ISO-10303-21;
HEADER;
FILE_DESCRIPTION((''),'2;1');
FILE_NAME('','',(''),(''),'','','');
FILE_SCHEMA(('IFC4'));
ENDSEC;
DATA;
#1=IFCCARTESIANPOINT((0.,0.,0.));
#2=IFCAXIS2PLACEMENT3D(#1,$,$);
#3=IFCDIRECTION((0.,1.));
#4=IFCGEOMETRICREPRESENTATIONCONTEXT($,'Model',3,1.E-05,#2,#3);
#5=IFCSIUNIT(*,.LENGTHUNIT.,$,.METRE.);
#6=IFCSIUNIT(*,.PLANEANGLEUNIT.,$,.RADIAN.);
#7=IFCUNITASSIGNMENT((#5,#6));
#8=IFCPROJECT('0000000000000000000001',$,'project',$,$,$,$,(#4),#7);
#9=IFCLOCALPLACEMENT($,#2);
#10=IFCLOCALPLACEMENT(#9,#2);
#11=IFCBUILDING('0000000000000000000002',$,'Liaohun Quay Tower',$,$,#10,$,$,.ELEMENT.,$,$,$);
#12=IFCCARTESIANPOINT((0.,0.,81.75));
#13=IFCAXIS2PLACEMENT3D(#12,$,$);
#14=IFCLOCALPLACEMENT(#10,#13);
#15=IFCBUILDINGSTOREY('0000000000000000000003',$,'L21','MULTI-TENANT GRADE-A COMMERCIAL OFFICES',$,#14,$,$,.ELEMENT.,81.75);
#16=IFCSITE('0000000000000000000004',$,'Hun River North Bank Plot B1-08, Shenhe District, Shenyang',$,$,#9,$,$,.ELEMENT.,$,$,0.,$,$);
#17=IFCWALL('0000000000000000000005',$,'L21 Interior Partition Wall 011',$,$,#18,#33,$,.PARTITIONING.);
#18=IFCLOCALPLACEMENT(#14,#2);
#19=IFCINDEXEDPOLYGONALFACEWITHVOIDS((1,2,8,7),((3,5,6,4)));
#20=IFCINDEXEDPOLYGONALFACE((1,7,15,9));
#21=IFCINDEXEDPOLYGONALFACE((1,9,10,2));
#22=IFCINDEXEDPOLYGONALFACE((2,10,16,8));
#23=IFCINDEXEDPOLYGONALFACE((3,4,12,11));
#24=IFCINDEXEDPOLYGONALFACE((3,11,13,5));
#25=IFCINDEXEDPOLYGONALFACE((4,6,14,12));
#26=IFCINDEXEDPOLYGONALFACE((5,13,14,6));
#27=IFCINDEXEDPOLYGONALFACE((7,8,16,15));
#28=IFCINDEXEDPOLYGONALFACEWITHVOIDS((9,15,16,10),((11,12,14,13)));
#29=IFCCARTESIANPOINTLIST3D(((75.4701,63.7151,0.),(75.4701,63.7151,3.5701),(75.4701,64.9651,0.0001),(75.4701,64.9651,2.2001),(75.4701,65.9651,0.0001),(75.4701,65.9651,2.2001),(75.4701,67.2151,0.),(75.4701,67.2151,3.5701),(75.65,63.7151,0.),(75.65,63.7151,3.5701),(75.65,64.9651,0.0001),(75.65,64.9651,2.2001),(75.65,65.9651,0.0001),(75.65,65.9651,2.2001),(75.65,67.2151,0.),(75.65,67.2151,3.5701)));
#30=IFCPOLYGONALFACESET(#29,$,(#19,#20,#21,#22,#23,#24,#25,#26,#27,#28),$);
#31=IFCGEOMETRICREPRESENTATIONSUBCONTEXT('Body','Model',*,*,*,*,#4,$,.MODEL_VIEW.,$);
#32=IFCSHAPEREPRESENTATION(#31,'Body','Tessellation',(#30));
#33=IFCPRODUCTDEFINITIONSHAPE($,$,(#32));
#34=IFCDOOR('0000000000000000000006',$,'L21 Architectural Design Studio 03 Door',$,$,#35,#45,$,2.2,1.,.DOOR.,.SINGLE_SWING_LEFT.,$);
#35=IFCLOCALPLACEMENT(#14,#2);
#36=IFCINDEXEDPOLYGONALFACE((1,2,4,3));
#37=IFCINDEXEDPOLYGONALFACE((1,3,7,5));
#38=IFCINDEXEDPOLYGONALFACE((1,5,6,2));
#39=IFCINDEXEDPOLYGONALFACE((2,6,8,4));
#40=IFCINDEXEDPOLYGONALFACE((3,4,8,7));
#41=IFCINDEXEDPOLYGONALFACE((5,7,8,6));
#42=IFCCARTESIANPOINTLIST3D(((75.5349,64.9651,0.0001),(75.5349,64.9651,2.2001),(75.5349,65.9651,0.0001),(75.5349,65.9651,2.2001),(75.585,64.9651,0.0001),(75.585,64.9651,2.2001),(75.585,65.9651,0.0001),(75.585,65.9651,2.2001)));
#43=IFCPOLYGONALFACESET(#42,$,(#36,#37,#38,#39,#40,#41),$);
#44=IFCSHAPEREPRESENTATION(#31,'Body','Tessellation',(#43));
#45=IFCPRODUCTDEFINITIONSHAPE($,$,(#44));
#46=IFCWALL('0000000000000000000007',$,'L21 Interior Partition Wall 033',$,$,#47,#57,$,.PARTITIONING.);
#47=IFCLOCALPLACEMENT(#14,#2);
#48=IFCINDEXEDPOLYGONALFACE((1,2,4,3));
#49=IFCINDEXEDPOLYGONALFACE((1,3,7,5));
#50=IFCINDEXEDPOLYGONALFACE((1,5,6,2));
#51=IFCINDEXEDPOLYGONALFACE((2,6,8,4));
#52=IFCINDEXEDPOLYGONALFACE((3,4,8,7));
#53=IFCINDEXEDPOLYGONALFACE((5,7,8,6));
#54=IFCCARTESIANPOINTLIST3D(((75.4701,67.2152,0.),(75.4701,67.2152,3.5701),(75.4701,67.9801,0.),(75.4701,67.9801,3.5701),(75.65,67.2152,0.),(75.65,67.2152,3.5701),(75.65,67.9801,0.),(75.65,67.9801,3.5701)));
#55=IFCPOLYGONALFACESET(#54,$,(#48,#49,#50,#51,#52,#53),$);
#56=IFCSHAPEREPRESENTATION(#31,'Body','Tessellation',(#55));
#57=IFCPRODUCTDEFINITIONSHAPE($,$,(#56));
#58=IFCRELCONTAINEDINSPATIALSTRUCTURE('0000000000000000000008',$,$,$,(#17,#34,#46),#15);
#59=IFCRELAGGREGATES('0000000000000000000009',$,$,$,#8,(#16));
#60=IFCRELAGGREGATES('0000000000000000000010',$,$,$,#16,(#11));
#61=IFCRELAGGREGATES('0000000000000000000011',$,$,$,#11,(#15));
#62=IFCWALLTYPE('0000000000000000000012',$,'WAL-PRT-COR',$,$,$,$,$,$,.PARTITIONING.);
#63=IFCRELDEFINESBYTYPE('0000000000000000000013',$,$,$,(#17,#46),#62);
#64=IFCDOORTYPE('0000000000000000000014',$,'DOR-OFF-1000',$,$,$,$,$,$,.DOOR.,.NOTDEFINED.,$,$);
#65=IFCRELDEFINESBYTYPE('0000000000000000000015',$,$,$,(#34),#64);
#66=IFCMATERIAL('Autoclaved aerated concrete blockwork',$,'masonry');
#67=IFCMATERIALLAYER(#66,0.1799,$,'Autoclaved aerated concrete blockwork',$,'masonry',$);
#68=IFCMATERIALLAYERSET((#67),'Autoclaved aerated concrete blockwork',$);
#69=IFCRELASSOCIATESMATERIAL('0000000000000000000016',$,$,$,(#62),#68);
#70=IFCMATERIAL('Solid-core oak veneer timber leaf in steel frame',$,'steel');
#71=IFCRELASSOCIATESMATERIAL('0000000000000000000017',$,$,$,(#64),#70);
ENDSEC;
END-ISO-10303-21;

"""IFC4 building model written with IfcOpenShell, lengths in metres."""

from ifc_helpers import new_model, si_unit, direction, frame, frame_2d, origin, place, context, subcontext, project, spatial, rectangle, extrude, source, transform, mapped, material, layer, layer_set, type_object, element, fill, save


model = new_model("IFC4")

# Units and contexts
model_context = context("Model", 3, precision=1e-05, world=origin(), true_north=direction((0.0, 1.0)))
body_context = subcontext(model_context, "Body", "Model", "MODEL_VIEW")
ifc_project = project(units=[si_unit("LENGTHUNIT", "METRE"), si_unit("PLANEANGLEUNIT", "RADIAN")], contexts=[model_context])

# Site, building, storey
site_placement = place(None, origin())
site = spatial("IfcSite", under=ifc_project, at=site_placement, Name="Hun River North Bank Plot B1-08, Shenhe District, Shenyang", CompositionType="ELEMENT", RefElevation=0.0)
building_placement = place(site_placement, origin())
building = spatial("IfcBuilding", under=site, at=building_placement, Name="Liaohun Quay Tower", CompositionType="ELEMENT")
storey_placement = place(building_placement, frame((0.0, 0.0, 81.75)))
storey = spatial("IfcBuildingStorey", under=building, at=storey_placement, Name="L21", Description="MULTI-TENANT GRADE-A COMMERCIAL OFFICES", CompositionType="ELEMENT", Elevation=81.75)

# Wall, opening, door
ifc_material_1 = material(Name="Autoclaved aerated concrete blockwork", Category="masonry")
ifc_layer_1 = layer(ifc_material_1, 0.1799, Name="Autoclaved aerated concrete blockwork", Category="masonry")
ifc_layer_set_1 = layer_set([ifc_layer_1], Name="Autoclaved aerated concrete blockwork")
wall_type_1 = type_object("IfcWallType", Name="WAL-PRT-COR", PredefinedType="PARTITIONING", material=ifc_layer_set_1)
shared_shape_1 = source(origin(), body_context, "Body", "SweptSolid", [
    extrude(rectangle(XDim=1.0, YDim=2.2, at=frame_2d((0.5, 1.1001))), frame((0.0, 0.0999, 0.0), z_axis=(0.0, -1.0, 0.0), x_axis=(1.0, 0.0, 0.0)), (0.0, 0.0, 1.0), 0.2),
])
ifc_material_2 = material(Name="Solid-core oak veneer timber leaf in steel frame", Category="steel")
door_type = type_object("IfcDoorType", Name="DOR-OFF-1000", OperationType="NOTDEFINED", PredefinedType="DOOR", material=ifc_material_2)
shared_shape_2 = source(origin(), body_context, "Body", "SweptSolid", [
    extrude(rectangle(XDim=1.0, YDim=2.2, at=frame_2d((0.5, 1.1001))), frame((0.0, 0.0249, 0.0), z_axis=(0.0, -1.0, 0.0), x_axis=(1.0, 0.0, 0.0)), (0.0, 0.0, 1.0), 0.05),
])
wall_1_placement = place(storey_placement, frame((75.5601, 67.2151, 0.0), z_axis=(0.0, 0.0, 1.0), x_axis=(0.0, -1.0, 0.0)))
wall_1 = element("IfcWall", 1, at=wall_1_placement, inside=storey, type_object=wall_type_1, Name="L21 Interior Partition Wall 011", PredefinedType="PARTITIONING", context=body_context, shape_type="SweptSolid", body=[
    extrude(rectangle(XDim=3.5, YDim=0.1799, at=frame_2d((1.75, 0.0))), origin(), (0.0, 0.0, 1.0), 3.5701),
])
opening_1_placement = place(wall_1_placement, frame((1.25, 0.0, 0.0)))
opening_1 = element("IfcOpeningElement", 2, at=opening_1_placement, cuts=wall_1, PredefinedType="OPENING", context=body_context, shape_type="MappedRepresentation", body=[
    mapped(shared_shape_1, transform((0.0, 0.0, 0.0), x_axis=(1.0, 0.0, 0.0), y_axis=(0.0, 1.0, 0.0), z_axis=(0.0, 0.0, 1.0), scale=1.0)),
])
door_1_placement = place(opening_1_placement, origin())
door_1 = element("IfcDoor", 3, at=door_1_placement, inside=storey, type_object=door_type, Name="L21 Architectural Design Studio 03 Door", OperationType="SINGLE_SWING_LEFT", OverallHeight=2.2, OverallWidth=1.0, PredefinedType="DOOR", context=body_context, shape_type="MappedRepresentation", body=[
    mapped(shared_shape_2, transform((0.0, 0.0, 0.0), x_axis=(1.0, 0.0, 0.0), y_axis=(0.0, 1.0, 0.0), z_axis=(0.0, 0.0, 1.0), scale=1.0)),
])
fill(opening_1, door_1)

# Wall
wall_2_placement = place(storey_placement, frame((75.5601, 67.98, 0.0), z_axis=(0.0, 0.0, 1.0), x_axis=(0.0, -1.0, 0.0)))
element("IfcWall", 4, at=wall_2_placement, inside=storey, type_object=wall_type_1, Name="L21 Interior Partition Wall 033", PredefinedType="PARTITIONING", context=body_context, shape_type="SweptSolid", body=[
    extrude(rectangle(XDim=0.7649, YDim=0.1799, at=frame_2d((0.3823, 0.0))), origin(), (0.0, 0.0, 1.0), 3.5701),
])

save(model, "model.ifc")
